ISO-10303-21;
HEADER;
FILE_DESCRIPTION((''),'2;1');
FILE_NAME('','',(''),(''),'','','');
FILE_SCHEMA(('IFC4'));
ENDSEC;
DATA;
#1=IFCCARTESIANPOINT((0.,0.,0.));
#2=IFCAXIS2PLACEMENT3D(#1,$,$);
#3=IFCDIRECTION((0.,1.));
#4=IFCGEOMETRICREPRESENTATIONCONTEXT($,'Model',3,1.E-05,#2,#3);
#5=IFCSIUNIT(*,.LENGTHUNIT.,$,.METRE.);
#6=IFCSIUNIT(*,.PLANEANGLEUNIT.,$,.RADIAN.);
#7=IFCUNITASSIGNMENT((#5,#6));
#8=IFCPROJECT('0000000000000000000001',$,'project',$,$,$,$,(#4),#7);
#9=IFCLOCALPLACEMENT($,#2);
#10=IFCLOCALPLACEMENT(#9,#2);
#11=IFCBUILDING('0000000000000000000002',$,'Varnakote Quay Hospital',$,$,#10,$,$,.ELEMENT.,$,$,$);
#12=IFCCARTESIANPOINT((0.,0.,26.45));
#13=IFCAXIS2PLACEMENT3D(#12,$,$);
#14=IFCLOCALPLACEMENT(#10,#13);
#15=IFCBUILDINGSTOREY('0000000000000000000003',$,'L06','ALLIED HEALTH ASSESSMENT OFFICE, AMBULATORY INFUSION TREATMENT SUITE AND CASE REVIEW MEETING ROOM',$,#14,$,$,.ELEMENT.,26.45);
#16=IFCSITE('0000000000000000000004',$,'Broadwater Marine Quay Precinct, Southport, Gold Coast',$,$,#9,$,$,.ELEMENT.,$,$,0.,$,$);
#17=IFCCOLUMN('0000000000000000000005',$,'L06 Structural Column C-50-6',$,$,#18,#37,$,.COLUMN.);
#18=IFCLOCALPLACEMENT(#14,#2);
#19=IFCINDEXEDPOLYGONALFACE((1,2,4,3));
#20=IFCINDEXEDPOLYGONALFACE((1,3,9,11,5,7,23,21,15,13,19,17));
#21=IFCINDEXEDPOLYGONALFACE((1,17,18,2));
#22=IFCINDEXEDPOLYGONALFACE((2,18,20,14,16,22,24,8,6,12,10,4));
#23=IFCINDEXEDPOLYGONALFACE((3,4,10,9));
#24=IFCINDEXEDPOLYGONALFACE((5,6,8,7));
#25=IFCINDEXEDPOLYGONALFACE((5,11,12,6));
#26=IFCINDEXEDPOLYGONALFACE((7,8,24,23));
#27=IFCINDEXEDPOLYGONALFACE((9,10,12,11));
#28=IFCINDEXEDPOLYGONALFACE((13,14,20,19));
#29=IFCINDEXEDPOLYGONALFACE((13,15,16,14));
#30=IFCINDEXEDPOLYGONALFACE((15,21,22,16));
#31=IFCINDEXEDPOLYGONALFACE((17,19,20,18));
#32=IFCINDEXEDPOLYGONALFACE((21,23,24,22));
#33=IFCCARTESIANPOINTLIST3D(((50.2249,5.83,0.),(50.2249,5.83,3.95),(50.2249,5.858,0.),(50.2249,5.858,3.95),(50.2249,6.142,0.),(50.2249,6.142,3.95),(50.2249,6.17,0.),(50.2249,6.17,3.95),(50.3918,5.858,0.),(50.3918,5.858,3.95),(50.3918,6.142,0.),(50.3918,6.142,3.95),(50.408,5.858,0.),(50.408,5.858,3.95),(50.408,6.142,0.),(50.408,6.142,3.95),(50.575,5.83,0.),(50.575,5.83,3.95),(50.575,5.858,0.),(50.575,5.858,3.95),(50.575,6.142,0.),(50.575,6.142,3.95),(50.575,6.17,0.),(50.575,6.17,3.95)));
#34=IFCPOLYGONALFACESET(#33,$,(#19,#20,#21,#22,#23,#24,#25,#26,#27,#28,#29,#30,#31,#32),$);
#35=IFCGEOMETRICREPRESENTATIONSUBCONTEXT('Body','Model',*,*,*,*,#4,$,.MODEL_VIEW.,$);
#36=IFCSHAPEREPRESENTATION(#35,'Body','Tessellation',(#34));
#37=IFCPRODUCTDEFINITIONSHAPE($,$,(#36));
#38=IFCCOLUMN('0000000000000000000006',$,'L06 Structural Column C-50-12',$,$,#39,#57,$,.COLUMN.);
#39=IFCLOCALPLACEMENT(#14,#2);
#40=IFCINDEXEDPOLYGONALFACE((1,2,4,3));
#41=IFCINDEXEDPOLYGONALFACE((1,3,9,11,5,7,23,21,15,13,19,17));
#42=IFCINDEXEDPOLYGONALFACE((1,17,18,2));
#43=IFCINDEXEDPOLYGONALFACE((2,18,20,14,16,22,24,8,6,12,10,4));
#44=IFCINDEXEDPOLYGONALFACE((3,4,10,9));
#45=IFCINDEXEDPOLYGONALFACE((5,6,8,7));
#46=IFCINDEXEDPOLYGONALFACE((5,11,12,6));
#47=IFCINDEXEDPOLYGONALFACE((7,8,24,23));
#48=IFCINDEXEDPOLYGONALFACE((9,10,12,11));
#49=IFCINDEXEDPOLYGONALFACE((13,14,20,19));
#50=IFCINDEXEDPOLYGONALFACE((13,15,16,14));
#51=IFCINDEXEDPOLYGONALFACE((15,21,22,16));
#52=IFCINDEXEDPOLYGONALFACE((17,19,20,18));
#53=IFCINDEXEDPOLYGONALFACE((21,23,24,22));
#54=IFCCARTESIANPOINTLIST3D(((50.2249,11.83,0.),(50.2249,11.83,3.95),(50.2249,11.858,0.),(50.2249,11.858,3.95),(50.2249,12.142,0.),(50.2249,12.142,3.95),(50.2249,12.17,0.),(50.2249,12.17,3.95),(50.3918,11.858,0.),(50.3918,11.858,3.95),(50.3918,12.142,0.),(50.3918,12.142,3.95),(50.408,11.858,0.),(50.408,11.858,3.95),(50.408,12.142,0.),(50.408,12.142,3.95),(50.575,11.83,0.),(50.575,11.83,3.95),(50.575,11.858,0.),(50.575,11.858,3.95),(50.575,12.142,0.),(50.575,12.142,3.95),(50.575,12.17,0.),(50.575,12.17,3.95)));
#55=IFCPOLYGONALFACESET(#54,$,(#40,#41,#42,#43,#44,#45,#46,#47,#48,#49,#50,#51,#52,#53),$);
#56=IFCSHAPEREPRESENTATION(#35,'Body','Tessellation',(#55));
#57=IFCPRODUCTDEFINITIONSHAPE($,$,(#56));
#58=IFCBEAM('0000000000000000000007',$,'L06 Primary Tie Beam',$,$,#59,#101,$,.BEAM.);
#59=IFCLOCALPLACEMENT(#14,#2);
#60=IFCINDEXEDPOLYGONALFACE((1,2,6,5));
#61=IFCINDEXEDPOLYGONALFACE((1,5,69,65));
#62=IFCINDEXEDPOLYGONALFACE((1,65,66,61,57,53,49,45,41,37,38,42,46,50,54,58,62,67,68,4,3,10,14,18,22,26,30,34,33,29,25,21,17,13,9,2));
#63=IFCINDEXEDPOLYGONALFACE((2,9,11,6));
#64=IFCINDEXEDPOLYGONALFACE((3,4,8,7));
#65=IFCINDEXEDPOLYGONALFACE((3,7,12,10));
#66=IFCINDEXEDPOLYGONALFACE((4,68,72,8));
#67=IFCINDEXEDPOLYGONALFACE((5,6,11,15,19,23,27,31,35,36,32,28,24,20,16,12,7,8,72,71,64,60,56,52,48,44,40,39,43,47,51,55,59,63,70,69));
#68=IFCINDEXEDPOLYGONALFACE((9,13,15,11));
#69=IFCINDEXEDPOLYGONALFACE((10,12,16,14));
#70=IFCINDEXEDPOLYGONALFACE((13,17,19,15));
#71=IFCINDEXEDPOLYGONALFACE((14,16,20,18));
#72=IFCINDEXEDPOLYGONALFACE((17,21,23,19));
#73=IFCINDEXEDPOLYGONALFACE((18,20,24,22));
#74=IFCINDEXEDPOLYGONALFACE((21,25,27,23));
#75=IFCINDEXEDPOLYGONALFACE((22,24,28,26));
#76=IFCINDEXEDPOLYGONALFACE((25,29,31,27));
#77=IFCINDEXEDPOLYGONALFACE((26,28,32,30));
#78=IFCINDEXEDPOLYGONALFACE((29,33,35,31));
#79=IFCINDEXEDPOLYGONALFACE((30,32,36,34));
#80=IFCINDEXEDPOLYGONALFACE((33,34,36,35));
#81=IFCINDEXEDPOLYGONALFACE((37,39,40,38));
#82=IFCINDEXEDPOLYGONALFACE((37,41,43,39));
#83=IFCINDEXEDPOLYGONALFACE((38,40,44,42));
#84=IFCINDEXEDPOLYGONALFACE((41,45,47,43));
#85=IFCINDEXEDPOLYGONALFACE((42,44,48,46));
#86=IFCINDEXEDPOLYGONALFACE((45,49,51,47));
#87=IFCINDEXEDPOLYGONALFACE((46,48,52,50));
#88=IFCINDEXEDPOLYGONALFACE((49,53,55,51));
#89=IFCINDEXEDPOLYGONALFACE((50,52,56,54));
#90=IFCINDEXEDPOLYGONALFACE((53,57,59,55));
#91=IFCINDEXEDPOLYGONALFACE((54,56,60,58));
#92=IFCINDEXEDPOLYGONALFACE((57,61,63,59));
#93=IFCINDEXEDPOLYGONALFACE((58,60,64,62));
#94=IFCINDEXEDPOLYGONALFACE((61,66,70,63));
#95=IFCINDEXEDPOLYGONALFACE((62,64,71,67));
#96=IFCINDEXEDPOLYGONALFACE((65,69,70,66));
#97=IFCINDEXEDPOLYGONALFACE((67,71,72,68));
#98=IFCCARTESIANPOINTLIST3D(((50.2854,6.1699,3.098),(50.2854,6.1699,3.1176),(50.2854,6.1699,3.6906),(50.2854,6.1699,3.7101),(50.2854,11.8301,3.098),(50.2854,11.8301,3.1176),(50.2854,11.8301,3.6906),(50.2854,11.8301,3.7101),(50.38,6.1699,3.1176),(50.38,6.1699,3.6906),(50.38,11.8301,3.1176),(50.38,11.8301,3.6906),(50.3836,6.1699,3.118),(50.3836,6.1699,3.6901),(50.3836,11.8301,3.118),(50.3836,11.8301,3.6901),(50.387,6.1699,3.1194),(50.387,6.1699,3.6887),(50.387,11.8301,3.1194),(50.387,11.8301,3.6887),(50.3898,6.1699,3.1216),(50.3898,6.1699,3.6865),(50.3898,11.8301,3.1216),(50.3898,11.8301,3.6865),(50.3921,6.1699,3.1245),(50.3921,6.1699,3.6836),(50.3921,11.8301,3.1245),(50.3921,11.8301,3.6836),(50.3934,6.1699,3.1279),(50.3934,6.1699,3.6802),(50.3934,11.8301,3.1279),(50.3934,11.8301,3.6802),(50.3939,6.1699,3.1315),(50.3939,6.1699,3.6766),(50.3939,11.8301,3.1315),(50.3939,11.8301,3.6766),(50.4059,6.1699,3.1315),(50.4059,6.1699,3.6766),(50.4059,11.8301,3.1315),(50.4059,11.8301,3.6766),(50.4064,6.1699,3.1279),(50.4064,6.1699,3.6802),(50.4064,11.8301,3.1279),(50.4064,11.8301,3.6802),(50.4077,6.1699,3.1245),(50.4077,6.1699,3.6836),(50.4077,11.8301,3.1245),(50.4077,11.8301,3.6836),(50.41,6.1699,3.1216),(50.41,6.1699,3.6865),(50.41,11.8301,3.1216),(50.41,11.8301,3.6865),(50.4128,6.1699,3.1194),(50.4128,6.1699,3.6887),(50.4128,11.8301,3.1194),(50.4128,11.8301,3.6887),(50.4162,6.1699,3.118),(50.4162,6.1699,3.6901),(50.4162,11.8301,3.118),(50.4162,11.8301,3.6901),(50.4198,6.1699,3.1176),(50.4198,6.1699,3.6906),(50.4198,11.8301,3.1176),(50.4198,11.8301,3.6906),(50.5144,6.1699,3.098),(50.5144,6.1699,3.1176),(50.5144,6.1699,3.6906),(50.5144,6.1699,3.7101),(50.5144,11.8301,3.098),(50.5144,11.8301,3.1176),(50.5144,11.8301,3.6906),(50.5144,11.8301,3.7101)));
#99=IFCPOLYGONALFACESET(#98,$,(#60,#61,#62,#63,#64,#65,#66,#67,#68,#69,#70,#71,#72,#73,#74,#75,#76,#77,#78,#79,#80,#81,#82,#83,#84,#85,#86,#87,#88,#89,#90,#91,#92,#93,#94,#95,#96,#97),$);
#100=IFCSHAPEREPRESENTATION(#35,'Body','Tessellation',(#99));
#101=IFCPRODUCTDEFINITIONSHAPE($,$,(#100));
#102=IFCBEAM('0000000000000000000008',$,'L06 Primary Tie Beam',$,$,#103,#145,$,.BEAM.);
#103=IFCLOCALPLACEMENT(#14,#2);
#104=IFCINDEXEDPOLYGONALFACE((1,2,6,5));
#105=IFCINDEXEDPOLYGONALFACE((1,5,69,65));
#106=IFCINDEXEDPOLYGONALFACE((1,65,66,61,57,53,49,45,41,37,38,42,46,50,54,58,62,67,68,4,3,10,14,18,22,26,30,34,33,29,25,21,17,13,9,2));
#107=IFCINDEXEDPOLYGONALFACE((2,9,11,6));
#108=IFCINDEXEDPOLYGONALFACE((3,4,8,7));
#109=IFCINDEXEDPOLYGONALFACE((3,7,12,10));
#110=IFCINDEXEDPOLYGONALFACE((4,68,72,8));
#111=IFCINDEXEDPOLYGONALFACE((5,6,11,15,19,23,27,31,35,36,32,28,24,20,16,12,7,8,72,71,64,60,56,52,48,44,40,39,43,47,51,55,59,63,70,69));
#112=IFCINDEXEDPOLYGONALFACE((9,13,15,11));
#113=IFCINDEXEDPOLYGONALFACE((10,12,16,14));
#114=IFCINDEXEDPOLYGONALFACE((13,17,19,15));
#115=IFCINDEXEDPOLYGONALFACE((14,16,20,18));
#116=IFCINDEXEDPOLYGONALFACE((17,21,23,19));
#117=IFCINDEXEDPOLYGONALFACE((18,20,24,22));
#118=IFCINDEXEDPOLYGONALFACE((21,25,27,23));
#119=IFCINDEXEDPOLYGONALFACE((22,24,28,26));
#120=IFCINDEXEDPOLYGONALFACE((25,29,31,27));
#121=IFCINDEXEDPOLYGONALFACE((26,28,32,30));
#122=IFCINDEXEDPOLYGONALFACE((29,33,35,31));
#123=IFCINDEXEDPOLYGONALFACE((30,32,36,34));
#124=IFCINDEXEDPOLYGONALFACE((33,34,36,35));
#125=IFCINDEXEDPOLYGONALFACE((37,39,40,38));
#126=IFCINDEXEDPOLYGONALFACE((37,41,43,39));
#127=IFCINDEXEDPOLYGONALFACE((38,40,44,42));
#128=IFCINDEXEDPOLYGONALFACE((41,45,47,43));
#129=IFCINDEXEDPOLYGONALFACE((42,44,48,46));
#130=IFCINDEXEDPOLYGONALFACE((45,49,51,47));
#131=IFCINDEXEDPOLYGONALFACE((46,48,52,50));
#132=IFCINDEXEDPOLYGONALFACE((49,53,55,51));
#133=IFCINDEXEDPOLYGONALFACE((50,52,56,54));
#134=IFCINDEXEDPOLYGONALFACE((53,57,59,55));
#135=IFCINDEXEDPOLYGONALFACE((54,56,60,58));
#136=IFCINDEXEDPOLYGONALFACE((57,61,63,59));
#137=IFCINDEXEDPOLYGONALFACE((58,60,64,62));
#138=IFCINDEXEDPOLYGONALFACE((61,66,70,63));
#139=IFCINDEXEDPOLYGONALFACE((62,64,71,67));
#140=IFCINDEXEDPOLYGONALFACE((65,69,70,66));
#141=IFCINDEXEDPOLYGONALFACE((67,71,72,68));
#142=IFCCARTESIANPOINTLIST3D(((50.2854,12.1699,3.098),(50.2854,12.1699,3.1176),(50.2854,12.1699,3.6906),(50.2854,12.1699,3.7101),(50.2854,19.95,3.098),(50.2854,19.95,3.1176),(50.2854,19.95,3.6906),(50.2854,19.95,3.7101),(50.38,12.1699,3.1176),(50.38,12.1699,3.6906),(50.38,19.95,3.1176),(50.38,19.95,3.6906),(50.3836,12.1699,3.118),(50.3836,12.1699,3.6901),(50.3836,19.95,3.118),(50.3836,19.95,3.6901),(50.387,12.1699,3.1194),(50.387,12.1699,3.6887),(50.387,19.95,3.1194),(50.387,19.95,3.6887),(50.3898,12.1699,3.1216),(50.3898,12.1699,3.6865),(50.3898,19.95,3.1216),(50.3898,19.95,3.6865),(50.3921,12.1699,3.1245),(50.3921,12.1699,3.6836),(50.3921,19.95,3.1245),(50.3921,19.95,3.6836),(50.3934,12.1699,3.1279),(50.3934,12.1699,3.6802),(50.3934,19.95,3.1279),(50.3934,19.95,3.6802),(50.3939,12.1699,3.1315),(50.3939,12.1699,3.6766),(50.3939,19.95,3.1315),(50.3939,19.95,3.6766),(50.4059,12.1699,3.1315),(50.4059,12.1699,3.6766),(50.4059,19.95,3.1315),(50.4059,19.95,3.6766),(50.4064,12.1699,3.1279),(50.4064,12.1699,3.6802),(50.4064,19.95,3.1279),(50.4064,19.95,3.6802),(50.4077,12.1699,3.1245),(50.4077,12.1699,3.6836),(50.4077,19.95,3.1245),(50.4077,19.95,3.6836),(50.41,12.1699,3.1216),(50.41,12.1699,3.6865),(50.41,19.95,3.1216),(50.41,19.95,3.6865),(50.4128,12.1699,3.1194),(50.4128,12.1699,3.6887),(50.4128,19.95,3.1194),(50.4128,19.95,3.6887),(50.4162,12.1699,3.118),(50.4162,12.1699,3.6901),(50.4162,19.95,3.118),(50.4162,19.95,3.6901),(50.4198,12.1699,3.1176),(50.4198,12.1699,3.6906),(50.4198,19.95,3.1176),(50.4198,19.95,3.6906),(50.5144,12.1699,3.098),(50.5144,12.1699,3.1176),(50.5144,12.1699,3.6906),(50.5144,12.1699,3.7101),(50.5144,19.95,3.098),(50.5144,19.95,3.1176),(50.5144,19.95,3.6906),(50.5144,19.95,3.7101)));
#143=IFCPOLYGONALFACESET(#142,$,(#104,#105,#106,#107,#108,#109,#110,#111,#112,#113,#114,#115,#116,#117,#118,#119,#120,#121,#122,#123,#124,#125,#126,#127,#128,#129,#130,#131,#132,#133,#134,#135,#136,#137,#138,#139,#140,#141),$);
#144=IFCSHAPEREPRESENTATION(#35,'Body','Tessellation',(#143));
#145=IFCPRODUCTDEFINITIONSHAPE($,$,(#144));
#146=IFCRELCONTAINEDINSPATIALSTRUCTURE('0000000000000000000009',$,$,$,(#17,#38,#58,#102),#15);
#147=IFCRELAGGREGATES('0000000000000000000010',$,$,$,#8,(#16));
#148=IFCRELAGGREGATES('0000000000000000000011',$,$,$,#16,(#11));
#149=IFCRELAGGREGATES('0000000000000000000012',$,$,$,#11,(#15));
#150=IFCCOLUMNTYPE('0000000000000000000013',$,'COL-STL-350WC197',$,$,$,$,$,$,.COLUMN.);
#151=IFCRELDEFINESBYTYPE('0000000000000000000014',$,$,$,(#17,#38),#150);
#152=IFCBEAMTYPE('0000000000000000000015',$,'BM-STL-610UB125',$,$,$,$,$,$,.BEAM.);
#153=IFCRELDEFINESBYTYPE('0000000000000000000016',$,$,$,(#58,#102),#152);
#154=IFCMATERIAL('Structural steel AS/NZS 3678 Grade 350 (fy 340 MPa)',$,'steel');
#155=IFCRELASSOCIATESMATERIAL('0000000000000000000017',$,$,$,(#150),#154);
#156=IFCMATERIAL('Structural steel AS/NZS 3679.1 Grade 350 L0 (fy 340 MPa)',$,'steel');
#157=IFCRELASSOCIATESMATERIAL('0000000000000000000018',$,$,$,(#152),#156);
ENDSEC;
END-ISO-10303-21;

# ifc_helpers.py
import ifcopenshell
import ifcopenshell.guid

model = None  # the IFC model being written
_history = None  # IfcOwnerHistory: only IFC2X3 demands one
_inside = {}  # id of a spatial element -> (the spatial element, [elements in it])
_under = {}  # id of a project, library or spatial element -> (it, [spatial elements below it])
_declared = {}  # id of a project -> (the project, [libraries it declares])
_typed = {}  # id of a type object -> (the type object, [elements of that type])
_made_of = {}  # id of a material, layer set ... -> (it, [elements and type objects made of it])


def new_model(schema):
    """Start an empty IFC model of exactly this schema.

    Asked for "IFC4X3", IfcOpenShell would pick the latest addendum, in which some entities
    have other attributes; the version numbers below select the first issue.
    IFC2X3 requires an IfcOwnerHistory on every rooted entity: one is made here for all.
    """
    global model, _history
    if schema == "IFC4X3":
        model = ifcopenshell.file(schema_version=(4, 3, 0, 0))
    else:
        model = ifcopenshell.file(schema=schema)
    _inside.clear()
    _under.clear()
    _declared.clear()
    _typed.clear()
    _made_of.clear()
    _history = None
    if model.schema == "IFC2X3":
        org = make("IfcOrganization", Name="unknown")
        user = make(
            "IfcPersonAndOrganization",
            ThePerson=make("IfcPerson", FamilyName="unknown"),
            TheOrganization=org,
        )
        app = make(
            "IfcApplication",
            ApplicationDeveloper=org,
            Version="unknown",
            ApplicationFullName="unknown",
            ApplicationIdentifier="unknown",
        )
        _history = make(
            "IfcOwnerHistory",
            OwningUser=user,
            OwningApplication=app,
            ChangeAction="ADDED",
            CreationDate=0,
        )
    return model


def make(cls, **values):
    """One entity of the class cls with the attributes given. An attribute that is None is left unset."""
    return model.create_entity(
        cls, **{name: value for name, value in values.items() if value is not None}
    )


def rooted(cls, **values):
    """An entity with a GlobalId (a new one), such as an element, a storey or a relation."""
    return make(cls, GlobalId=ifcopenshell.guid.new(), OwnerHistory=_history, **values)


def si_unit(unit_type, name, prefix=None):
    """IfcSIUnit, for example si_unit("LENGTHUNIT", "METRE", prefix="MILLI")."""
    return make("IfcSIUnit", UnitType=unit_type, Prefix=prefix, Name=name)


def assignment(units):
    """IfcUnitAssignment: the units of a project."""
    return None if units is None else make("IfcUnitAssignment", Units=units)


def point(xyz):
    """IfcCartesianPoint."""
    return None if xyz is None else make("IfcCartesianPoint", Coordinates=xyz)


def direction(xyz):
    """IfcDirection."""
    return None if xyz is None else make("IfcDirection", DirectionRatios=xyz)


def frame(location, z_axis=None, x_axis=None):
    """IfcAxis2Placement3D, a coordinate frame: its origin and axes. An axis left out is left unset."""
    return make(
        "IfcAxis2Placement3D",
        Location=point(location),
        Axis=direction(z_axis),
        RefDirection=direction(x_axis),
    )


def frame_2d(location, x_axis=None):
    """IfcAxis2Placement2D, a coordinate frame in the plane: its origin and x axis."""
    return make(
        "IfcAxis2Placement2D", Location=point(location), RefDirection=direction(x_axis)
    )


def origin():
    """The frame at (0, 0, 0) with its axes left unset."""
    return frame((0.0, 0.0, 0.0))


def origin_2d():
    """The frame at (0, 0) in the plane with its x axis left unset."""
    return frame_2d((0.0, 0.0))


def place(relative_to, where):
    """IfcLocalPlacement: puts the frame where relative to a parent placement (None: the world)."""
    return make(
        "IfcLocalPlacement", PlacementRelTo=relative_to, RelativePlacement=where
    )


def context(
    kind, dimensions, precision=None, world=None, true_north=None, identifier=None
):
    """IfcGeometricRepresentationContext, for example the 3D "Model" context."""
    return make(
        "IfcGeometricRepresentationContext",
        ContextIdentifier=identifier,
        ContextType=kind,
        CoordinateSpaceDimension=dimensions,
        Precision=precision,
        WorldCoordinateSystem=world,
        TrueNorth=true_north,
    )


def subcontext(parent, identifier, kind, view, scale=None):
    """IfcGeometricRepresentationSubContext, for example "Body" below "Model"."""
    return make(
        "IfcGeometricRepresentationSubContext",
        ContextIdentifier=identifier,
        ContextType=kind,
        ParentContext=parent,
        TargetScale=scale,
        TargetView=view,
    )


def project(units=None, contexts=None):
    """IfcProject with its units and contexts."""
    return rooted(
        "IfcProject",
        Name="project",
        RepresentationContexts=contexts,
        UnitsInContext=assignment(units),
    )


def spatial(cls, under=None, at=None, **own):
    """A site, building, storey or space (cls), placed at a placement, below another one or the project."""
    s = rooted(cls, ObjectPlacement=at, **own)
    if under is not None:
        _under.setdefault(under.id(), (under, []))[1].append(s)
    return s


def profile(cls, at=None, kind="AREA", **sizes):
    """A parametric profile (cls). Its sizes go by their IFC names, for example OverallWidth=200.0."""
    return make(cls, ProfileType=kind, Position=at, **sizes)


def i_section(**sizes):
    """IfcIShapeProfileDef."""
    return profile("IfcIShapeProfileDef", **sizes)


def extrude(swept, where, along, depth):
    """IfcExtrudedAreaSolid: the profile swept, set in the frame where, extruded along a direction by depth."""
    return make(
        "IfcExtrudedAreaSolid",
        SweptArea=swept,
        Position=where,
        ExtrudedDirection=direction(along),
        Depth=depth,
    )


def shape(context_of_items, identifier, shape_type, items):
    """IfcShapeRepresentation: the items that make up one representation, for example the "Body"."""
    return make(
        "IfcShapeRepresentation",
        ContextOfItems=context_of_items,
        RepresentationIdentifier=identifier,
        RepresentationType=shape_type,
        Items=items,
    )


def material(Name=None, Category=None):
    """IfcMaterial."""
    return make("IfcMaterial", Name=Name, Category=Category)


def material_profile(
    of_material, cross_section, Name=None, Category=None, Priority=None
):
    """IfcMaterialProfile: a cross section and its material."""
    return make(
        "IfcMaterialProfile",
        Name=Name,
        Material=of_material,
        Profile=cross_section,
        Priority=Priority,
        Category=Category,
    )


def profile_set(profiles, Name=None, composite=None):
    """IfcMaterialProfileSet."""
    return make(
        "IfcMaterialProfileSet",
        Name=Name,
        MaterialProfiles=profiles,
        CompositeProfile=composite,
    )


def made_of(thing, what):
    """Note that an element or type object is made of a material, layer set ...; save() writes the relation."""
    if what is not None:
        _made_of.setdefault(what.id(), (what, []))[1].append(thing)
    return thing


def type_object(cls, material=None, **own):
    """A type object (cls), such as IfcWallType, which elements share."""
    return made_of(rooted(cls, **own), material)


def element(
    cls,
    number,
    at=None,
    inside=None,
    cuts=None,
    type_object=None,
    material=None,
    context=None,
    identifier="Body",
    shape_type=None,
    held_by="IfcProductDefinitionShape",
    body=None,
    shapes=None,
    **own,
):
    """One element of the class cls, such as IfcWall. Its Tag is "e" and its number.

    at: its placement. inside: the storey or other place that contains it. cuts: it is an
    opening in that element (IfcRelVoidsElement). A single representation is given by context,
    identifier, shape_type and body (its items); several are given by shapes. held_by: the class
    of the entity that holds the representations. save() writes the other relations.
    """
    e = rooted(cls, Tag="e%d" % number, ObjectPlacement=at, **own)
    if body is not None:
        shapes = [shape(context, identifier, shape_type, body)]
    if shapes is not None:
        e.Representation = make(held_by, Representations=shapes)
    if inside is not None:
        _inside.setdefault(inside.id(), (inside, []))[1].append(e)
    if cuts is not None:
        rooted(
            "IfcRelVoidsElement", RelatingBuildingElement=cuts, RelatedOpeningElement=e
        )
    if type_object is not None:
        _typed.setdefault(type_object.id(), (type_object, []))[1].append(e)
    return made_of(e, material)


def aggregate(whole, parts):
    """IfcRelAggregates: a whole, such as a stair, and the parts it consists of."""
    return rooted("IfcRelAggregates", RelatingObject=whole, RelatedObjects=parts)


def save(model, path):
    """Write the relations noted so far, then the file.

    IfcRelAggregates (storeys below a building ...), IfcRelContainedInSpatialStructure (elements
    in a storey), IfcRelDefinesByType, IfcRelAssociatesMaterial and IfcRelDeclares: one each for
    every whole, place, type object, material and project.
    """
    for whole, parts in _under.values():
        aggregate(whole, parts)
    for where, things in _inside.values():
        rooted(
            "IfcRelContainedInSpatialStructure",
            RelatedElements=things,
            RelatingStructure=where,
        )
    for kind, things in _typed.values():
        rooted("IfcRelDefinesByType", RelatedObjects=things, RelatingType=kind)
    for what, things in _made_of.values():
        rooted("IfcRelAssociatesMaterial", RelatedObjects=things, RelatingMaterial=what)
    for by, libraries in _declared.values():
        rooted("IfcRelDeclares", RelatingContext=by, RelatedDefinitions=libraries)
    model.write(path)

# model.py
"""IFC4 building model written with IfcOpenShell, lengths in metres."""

from ifc_helpers import new_model, si_unit, direction, frame, origin, origin_2d, place, context, subcontext, project, spatial, i_section, extrude, material, material_profile, profile_set, type_object, element, save


model = new_model("IFC4")

# Units and contexts
model_context = context("Model", 3, precision=1e-05, world=origin(), true_north=direction((0.0, 1.0)))
body_context = subcontext(model_context, "Body", "Model", "MODEL_VIEW")
ifc_project = project(units=[si_unit("LENGTHUNIT", "METRE"), si_unit("PLANEANGLEUNIT", "RADIAN")], contexts=[model_context])

# Site, building, storey
site_placement = place(None, origin())
site = spatial("IfcSite", under=ifc_project, at=site_placement, Name="Broadwater Marine Quay Precinct, Southport, Gold Coast", CompositionType="ELEMENT", RefElevation=0.0)
building_placement = place(site_placement, origin())
building = spatial("IfcBuilding", under=site, at=building_placement, Name="Varnakote Quay Hospital", CompositionType="ELEMENT")
storey_placement = place(building_placement, frame((0.0, 0.0, 26.45)))
storey = spatial("IfcBuildingStorey", under=building, at=storey_placement, Name="L06", Description="ALLIED HEALTH ASSESSMENT OFFICE, AMBULATORY INFUSION TREATMENT SUITE AND CASE REVIEW MEETING ROOM", CompositionType="ELEMENT", Elevation=26.45)

# Columns
ifc_material_1 = material(Name="Structural steel AS/NZS 3678 Grade 350 (fy 340 MPa)", Category="steel")
ifc_material_profile_1 = material_profile(ifc_material_1, i_section(OverallWidth=0.3501, OverallDepth=0.3401, WebThickness=0.0161, FlangeThickness=0.0281, at=origin_2d()), Name="350WC197")
ifc_profile_set_1 = profile_set([ifc_material_profile_1], Name="Structural steel AS/NZS 3678 Grade 350 (fy 340 MPa)")
column_type = type_object("IfcColumnType", Name="COL-STL-350WC197", PredefinedType="COLUMN", material=ifc_profile_set_1)
for number, where, z_axis, x_axis, name in (
    (1, (50.3999, 6.0, 0.0), (0.0, 0.0, 1.0), (1.0, 0.0, 0.0), "L06 Structural Column C-50-6"),
    (2, (50.3999, 12.0, 0.0), (0.0, 0.0, 1.0), (1.0, 0.0, 0.0), "L06 Structural Column C-50-12"),
):
    element("IfcColumn", number, at=place(storey_placement, frame(where, z_axis=z_axis, x_axis=x_axis)), inside=storey, type_object=column_type, Name=name, PredefinedType="COLUMN", context=body_context, shape_type="SweptSolid", body=[
        extrude(i_section(OverallWidth=0.3501, OverallDepth=0.3401, WebThickness=0.0161, FlangeThickness=0.0281, at=origin_2d()), origin(), (0.0, 0.0, 1.0), 3.95),
    ])

# Beams
ifc_material_2 = material(Name="Structural steel AS/NZS 3679.1 Grade 350 L0 (fy 340 MPa)", Category="steel")
ifc_material_profile_2 = material_profile(ifc_material_2, i_section(OverallWidth=0.229, OverallDepth=0.6121, WebThickness=0.012, FlangeThickness=0.0195, FilletRadius=0.0139, at=origin_2d()), Name="610UB125")
ifc_profile_set_2 = profile_set([ifc_material_profile_2], Name="Structural steel AS/NZS 3679.1 Grade 350 L0 (fy 340 MPa)")
beam_type = type_object("IfcBeamType", Name="BM-STL-610UB125", PredefinedType="BEAM", material=ifc_profile_set_2)
beam_1_placement = place(storey_placement, frame((50.3999, 6.1699, 3.4041), z_axis=(0.0, 1.0, 0.0), x_axis=(-1.0, 0.0, 0.0)))
element("IfcBeam", 3, at=beam_1_placement, inside=storey, type_object=beam_type, Name="L06 Primary Tie Beam", PredefinedType="BEAM", context=body_context, shape_type="SweptSolid", body=[
    extrude(i_section(OverallWidth=0.229, OverallDepth=0.6121, WebThickness=0.012, FlangeThickness=0.0195, FilletRadius=0.0139, at=origin_2d()), origin(), (0.0, 0.0, 1.0), 5.6602),
])
beam_2_placement = place(storey_placement, frame((50.3999, 12.1699, 3.4041), z_axis=(0.0, 1.0, 0.0), x_axis=(-1.0, 0.0, 0.0)))
element("IfcBeam", 4, at=beam_2_placement, inside=storey, type_object=beam_type, Name="L06 Primary Tie Beam", PredefinedType="BEAM", context=body_context, shape_type="SweptSolid", body=[
    extrude(i_section(OverallWidth=0.229, OverallDepth=0.6121, WebThickness=0.012, FlangeThickness=0.0195, FilletRadius=0.0139, at=origin_2d()), origin(), (0.0, 0.0, 1.0), 7.78),
])

save(model, "model.ifc")
